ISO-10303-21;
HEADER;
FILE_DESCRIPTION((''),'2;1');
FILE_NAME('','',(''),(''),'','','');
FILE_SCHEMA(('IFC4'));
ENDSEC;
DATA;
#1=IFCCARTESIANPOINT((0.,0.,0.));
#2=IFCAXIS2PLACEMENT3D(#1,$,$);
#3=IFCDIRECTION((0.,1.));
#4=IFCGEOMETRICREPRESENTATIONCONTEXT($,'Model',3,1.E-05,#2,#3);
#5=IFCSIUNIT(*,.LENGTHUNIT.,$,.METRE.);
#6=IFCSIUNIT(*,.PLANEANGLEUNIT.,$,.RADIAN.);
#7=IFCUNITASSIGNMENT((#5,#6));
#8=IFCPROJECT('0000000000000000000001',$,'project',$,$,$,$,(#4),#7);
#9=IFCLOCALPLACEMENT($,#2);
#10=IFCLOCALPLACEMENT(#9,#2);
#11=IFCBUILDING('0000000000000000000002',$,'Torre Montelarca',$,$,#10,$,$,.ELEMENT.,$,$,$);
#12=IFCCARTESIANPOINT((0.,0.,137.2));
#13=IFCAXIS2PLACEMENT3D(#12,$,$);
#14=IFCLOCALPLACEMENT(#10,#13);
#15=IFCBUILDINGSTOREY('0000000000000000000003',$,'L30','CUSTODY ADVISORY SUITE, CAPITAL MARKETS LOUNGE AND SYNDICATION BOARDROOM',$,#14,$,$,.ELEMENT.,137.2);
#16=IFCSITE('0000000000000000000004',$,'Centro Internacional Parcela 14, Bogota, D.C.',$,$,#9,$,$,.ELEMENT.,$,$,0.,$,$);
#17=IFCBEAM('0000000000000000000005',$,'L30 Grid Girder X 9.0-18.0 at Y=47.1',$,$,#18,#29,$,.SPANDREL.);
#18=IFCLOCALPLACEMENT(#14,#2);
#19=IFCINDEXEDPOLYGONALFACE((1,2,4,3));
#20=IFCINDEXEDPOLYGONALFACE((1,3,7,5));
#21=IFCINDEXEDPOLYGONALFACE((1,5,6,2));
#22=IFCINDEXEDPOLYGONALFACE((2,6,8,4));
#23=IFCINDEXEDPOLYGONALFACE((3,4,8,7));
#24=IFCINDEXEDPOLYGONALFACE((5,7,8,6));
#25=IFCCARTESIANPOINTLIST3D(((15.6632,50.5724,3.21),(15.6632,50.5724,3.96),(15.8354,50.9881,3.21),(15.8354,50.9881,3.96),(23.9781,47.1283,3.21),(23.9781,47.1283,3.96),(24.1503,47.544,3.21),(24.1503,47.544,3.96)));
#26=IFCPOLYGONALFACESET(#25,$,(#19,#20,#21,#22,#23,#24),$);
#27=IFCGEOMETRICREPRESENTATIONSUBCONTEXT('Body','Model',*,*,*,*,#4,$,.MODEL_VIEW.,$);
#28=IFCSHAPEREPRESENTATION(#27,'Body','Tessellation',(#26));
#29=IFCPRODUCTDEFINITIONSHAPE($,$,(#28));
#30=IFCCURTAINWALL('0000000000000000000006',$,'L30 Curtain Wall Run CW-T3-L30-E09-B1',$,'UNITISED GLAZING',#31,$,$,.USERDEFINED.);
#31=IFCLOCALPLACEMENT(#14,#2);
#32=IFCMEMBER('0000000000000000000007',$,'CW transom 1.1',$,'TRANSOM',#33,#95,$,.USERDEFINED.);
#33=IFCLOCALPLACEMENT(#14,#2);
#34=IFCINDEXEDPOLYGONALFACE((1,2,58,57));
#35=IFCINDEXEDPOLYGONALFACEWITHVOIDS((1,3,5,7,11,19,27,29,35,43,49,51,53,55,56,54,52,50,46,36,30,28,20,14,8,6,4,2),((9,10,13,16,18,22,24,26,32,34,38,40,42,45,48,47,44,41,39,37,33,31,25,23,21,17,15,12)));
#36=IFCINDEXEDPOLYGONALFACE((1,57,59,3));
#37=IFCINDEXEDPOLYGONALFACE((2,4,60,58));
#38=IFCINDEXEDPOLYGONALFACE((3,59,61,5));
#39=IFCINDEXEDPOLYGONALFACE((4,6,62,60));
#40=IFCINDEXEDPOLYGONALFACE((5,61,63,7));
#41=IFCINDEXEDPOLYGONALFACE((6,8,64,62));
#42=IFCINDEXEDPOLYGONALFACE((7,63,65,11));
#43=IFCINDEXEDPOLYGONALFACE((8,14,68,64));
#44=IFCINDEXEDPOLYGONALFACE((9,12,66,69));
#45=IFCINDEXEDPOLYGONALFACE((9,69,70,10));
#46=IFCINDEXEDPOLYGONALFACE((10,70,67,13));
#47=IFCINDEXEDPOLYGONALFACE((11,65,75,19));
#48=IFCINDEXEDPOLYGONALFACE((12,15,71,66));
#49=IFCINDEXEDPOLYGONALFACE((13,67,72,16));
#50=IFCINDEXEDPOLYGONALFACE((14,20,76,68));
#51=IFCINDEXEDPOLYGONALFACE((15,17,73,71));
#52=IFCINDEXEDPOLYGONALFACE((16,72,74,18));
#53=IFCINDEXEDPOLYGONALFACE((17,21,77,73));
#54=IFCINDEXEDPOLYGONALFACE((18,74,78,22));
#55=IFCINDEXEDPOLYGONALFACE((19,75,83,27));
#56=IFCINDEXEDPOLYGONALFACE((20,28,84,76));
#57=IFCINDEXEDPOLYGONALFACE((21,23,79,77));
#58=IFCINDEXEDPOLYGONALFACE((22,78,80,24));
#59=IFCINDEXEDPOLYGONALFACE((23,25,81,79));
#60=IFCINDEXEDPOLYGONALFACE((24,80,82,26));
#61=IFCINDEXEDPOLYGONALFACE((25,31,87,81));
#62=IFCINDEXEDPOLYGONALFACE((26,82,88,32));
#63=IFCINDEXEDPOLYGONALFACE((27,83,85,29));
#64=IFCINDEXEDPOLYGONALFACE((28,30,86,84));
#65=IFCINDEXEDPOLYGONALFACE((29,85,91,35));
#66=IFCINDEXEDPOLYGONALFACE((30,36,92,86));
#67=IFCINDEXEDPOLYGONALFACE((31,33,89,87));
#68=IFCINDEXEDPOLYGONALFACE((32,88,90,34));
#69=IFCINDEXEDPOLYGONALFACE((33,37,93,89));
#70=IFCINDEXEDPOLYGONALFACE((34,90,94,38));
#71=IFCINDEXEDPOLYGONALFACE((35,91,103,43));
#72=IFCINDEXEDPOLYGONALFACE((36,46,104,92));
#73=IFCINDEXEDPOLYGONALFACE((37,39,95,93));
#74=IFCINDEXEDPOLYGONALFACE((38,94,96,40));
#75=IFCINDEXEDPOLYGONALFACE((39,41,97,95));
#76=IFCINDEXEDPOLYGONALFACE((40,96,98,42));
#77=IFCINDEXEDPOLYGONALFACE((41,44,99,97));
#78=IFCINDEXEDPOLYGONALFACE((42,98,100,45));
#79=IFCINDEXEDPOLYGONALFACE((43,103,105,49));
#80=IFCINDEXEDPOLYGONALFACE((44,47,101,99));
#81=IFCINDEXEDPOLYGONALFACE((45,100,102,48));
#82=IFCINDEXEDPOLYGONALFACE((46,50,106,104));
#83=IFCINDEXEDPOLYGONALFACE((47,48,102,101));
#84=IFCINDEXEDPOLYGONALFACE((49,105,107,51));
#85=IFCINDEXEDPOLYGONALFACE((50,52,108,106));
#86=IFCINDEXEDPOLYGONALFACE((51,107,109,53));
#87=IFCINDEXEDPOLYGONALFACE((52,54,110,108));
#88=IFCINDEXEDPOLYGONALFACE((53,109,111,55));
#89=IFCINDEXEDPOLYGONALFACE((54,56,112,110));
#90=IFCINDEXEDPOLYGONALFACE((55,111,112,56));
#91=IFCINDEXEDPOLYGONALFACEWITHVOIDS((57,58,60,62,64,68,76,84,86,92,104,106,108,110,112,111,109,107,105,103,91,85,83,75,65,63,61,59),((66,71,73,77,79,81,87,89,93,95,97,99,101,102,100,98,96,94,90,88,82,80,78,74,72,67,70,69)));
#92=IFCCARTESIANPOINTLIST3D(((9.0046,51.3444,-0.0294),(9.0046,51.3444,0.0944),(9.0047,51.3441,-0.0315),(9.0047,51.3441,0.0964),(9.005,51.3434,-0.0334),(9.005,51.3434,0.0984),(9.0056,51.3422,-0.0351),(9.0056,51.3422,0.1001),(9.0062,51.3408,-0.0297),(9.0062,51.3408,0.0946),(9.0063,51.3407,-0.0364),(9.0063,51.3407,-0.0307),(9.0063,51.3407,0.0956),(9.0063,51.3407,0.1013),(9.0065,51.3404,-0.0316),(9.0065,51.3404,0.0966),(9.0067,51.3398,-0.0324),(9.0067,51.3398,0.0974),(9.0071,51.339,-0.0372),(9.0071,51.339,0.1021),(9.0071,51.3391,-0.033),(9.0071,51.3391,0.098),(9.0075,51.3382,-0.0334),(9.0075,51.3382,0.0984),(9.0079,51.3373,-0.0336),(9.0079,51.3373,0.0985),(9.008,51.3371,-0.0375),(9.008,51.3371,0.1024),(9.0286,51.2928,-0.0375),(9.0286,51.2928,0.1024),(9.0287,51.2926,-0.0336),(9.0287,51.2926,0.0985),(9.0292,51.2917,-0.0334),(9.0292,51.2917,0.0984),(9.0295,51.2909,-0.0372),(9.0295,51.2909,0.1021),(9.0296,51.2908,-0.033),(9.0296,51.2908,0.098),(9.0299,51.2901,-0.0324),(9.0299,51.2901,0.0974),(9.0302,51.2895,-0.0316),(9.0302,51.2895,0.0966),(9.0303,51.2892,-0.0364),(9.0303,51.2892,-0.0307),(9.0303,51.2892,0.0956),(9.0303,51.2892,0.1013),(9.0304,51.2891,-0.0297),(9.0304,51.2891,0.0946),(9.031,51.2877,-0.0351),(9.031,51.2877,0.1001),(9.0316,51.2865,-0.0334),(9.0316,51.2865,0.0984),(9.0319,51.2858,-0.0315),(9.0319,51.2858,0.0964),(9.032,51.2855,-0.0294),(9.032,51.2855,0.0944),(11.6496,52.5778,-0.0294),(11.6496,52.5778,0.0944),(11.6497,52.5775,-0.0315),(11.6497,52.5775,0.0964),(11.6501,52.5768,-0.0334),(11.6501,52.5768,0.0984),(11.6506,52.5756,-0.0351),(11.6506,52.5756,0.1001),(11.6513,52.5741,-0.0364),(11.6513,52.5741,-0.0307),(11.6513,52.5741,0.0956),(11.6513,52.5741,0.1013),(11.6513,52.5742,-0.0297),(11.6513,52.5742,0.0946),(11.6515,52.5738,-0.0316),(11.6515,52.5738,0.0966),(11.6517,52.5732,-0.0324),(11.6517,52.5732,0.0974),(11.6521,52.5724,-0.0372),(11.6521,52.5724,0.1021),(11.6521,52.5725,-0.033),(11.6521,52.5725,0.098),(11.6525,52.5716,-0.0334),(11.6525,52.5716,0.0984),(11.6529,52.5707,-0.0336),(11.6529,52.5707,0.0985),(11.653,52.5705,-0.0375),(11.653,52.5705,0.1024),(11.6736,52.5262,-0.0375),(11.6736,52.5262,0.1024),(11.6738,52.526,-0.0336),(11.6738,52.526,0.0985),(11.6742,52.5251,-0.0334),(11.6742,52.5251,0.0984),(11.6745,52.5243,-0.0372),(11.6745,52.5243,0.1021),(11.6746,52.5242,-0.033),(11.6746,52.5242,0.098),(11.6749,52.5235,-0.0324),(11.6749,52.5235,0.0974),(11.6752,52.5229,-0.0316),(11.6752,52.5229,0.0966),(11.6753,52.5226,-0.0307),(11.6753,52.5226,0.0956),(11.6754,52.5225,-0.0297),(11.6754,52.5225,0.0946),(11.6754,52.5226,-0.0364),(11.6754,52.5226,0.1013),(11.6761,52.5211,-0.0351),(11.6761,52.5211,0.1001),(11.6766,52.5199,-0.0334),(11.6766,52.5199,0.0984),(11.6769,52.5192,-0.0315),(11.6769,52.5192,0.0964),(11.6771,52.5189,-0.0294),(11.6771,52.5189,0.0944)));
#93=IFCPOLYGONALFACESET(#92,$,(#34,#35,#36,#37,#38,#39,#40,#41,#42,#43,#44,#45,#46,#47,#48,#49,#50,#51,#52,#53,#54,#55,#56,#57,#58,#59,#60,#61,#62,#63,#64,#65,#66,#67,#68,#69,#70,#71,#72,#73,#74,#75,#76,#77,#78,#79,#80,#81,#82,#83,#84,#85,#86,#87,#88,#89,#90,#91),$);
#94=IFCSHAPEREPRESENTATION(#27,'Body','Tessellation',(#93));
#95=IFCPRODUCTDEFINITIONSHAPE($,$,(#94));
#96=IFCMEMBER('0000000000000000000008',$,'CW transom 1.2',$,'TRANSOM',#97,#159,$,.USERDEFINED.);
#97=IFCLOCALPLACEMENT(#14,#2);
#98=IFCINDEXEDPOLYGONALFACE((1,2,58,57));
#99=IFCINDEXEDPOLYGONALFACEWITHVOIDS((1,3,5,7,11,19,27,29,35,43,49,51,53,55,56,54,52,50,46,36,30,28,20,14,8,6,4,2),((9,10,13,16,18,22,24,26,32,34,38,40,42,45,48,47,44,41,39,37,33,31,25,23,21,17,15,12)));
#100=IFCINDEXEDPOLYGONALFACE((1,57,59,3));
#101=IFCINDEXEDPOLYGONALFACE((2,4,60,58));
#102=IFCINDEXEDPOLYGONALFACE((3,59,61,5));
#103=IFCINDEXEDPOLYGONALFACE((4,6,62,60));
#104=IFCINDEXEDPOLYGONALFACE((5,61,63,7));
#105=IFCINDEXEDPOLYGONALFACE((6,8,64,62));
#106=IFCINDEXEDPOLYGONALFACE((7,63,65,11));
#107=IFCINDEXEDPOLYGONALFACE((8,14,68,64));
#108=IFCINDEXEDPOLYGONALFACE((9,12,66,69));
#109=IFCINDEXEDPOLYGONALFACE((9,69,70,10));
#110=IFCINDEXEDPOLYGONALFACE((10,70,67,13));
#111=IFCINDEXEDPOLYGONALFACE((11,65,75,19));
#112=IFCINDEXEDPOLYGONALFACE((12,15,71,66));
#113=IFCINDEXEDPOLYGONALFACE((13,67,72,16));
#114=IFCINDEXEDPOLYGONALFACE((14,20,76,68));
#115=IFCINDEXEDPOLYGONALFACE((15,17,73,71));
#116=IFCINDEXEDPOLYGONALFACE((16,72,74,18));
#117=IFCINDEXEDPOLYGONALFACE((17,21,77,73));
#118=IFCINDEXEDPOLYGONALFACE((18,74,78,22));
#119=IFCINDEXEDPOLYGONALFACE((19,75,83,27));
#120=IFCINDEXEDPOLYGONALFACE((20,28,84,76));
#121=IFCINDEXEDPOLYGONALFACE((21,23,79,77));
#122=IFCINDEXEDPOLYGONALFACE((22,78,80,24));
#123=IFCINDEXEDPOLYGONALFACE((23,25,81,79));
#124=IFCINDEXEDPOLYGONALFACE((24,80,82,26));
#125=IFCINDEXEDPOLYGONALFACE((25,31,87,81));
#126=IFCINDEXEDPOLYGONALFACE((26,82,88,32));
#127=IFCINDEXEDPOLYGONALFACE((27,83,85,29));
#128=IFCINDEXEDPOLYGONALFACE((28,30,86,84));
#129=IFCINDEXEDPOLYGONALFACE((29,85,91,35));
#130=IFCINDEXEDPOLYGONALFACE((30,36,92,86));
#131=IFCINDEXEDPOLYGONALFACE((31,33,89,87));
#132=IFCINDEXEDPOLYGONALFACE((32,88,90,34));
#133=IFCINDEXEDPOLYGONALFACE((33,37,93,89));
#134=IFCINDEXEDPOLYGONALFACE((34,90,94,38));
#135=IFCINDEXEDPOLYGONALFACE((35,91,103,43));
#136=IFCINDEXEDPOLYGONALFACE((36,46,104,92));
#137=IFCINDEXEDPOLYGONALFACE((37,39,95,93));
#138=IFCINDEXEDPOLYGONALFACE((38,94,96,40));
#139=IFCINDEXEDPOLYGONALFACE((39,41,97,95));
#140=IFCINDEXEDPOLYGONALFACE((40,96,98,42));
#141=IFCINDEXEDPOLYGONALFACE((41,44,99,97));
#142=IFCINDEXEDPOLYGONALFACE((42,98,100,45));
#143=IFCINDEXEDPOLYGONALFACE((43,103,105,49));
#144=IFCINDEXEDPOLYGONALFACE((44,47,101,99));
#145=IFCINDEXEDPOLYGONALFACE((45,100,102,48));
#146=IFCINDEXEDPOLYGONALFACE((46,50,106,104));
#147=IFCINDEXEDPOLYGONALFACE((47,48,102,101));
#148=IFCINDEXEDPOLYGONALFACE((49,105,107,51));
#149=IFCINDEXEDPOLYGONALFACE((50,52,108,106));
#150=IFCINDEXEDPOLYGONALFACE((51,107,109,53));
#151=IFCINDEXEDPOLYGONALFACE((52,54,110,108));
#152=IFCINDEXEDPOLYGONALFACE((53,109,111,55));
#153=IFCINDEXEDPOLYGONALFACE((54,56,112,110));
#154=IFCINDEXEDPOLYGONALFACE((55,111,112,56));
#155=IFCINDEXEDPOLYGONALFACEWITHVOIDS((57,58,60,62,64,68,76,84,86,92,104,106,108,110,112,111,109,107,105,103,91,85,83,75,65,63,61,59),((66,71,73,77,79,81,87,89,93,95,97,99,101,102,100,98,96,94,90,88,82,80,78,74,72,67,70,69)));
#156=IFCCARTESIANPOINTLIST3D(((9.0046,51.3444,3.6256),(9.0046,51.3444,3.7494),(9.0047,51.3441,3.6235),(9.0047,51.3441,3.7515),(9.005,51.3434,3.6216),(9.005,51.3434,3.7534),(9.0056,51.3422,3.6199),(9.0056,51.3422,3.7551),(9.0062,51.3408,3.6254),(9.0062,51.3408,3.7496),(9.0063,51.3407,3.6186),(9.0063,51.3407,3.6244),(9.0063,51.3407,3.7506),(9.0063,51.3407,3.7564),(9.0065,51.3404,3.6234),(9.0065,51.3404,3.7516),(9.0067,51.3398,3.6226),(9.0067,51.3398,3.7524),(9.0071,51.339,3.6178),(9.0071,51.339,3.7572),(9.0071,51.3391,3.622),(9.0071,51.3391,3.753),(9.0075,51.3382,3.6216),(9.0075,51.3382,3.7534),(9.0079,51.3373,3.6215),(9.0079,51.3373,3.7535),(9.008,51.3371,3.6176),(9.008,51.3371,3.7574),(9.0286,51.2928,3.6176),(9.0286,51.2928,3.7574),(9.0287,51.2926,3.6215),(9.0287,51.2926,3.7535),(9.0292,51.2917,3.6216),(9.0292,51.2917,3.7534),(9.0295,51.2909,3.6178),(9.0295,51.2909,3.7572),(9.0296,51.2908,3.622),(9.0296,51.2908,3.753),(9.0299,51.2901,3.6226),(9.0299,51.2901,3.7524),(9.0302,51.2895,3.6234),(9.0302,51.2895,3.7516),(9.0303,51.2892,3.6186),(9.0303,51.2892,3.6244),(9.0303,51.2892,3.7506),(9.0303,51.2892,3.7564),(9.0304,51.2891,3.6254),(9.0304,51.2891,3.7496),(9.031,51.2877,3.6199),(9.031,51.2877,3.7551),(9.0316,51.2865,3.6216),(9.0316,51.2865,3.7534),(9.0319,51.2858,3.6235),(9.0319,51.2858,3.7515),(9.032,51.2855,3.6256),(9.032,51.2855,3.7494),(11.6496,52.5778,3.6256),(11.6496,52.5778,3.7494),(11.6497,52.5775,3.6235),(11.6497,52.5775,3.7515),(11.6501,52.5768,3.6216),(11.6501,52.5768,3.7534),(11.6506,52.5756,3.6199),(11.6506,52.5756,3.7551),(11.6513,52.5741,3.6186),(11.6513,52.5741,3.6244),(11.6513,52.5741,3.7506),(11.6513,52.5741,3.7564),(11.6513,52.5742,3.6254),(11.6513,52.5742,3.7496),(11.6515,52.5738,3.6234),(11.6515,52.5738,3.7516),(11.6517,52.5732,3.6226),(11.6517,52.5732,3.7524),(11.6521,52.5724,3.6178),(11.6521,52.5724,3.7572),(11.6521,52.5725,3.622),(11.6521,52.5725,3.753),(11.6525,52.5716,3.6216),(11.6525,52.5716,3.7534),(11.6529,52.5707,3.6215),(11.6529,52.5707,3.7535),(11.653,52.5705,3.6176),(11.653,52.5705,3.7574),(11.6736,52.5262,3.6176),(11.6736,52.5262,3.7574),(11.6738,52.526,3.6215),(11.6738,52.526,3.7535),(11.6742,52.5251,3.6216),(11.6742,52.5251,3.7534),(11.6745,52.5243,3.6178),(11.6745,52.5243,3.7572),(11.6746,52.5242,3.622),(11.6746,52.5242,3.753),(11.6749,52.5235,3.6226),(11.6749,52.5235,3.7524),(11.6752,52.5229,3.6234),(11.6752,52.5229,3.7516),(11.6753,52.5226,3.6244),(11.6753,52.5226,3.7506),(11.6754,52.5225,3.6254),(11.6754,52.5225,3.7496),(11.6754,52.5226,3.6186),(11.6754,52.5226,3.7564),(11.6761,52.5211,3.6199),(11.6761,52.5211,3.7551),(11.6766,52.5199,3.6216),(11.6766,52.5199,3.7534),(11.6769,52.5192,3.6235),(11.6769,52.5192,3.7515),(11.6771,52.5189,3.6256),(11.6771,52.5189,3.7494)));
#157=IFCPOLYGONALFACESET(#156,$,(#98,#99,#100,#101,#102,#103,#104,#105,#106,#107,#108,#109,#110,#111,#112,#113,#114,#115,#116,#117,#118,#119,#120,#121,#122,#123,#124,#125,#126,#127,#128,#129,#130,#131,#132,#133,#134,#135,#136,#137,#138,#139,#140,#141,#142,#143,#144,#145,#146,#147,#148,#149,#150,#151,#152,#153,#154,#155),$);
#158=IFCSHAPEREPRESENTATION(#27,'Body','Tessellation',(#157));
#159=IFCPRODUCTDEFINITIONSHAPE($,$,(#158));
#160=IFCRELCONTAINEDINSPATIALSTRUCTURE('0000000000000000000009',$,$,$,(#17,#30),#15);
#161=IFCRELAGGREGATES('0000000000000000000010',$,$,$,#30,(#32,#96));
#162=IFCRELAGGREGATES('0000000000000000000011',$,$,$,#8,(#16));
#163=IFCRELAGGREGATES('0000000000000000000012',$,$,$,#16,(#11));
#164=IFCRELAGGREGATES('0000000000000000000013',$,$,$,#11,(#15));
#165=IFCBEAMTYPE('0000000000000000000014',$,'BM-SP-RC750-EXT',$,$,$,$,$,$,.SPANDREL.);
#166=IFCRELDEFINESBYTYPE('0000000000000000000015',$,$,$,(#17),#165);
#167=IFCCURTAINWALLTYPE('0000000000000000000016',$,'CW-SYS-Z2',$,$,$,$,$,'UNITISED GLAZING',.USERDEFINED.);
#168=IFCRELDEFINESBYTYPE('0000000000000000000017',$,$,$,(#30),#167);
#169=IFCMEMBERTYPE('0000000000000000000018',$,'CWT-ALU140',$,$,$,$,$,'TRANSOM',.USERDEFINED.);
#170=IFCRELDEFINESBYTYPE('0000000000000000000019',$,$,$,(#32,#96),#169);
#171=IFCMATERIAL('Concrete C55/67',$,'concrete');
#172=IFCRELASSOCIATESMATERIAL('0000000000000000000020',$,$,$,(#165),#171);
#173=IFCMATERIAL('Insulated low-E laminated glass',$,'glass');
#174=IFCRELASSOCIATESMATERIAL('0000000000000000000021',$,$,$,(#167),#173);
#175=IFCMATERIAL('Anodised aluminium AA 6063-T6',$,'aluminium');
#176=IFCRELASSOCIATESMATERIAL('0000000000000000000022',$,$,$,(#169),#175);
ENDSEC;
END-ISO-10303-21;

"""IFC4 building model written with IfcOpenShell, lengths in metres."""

from ifc_helpers import new_model, si_unit, direction, frame, origin, origin_2d, place, context, subcontext, project, spatial, rectangle, hollow_rectangle, extrude, source, transform, mapped, material, material_profile, profile_set, type_object, element, aggregate, save


model = new_model("IFC4")

# Units and contexts
model_context = context("Model", 3, precision=1e-05, world=origin(), true_north=direction((0.0, 1.0)))
body_context = subcontext(model_context, "Body", "Model", "MODEL_VIEW")
ifc_project = project(units=[si_unit("LENGTHUNIT", "METRE"), si_unit("PLANEANGLEUNIT", "RADIAN")], contexts=[model_context])

# Site, building, storey
site_placement = place(None, origin())
site = spatial("IfcSite", under=ifc_project, at=site_placement, Name="Centro Internacional Parcela 14, Bogota, D.C.", CompositionType="ELEMENT", RefElevation=0.0)
building_placement = place(site_placement, origin())
building = spatial("IfcBuilding", under=site, at=building_placement, Name="Torre Montelarca", CompositionType="ELEMENT")
storey_placement = place(building_placement, frame((0.0, 0.0, 137.2)))
storey = spatial("IfcBuildingStorey", under=building, at=storey_placement, Name="L30", Description="CUSTODY ADVISORY SUITE, CAPITAL MARKETS LOUNGE AND SYNDICATION BOARDROOM", CompositionType="ELEMENT", Elevation=137.2)

# Shared definitions
ifc_material_1 = material(Name="Concrete C55/67", Category="concrete")

# Beam
ifc_material_profile_1 = material_profile(ifc_material_1, rectangle(XDim=0.45, YDim=0.75, at=origin_2d()), Name="RCB450X750", Category="concrete")
ifc_profile_set_1 = profile_set([ifc_material_profile_1], Name="Concrete C55/67")
beam_type = type_object("IfcBeamType", Name="BM-SP-RC750-EXT", PredefinedType="SPANDREL", material=ifc_profile_set_1)
shared_shape_1 = source(origin(), body_context, "Body", "SweptSolid", [
    extrude(rectangle(XDim=0.45, YDim=0.75, at=origin_2d()), origin(), (0.0, 0.0, 1.0), 9.0),
])
beam_placement = place(storey_placement, frame((15.7493, 50.7803, 3.585), z_axis=(0.923882, -0.382677, 0.0), x_axis=(0.382677, 0.923882, 0.0)))
element("IfcBeam", 1, at=beam_placement, inside=storey, type_object=beam_type, Name="L30 Grid Girder X 9.0-18.0 at Y=47.1", PredefinedType="SPANDREL", context=body_context, shape_type="MappedRepresentation", body=[
    mapped(shared_shape_1, transform((0.0, 0.0, 0.0), scale=1.0)),
])

# Curtain wall, members
ifc_material_2 = material(Name="Insulated low-E laminated glass", Category="glass")
curtain_wall_type = type_object("IfcCurtainWallType", Name="CW-SYS-Z2", ElementType="UNITISED GLAZING", PredefinedType="USERDEFINED", material=ifc_material_2)
curtain_wall_1_placement = place(storey_placement, origin())
curtain_wall_1 = element("IfcCurtainWall", 2, at=curtain_wall_1_placement, inside=storey, type_object=curtain_wall_type, Name="L30 Curtain Wall Run CW-T3-L30-E09-B1", ObjectType="UNITISED GLAZING", PredefinedType="USERDEFINED")
ifc_material_3 = material(Name="Anodised aluminium AA 6063-T6", Category="aluminium")
ifc_material_profile_2 = material_profile(ifc_material_3, hollow_rectangle(XDim=0.0649, YDim=0.1399, WallThickness=0.0039, InnerFilletRadius=0.0039, OuterFilletRadius=0.0081, at=origin_2d()), Name="ALU65X140X4", Category="aluminium")
ifc_profile_set_2 = profile_set([ifc_material_profile_2], Name="Anodised aluminium AA 6063-T6")
member_type_1 = type_object("IfcMemberType", Name="CWT-ALU140", ElementType="TRANSOM", PredefinedType="USERDEFINED", material=ifc_profile_set_2)
shared_shape_2 = source(origin(), body_context, "Body", "SweptSolid", [
    extrude(hollow_rectangle(XDim=0.0649, YDim=0.1399, WallThickness=0.0039, InnerFilletRadius=0.0039, OuterFilletRadius=0.0081, at=origin_2d()), origin(), (0.0, 0.0, 1.0), 2.9185),
])
member_1_placement = place(storey_placement, frame((11.6633, 52.5483, 0.0325), z_axis=(-0.906307, -0.42262, 0.0), x_axis=(0.42262, -0.906307, 0.0)))
member_1 = element("IfcMember", 3, at=member_1_placement, type_object=member_type_1, Name="CW transom 1.1", ObjectType="TRANSOM", PredefinedType="USERDEFINED", context=body_context, shape_type="MappedRepresentation", body=[
    mapped(shared_shape_2, transform((0.0, 0.0, 0.0), scale=1.0)),
])
member_2_placement = place(storey_placement, frame((11.6633, 52.5483, 3.6875), z_axis=(-0.906307, -0.42262, 0.0), x_axis=(0.42262, -0.906307, 0.0)))
member_2 = element("IfcMember", 4, at=member_2_placement, type_object=member_type_1, Name="CW transom 1.2", ObjectType="TRANSOM", PredefinedType="USERDEFINED", context=body_context, shape_type="MappedRepresentation", body=[
    mapped(shared_shape_2, transform((0.0, 0.0, 0.0), scale=1.0)),
])

aggregate(curtain_wall_1, [member_1, member_2])

save(model, "model.ifc")
